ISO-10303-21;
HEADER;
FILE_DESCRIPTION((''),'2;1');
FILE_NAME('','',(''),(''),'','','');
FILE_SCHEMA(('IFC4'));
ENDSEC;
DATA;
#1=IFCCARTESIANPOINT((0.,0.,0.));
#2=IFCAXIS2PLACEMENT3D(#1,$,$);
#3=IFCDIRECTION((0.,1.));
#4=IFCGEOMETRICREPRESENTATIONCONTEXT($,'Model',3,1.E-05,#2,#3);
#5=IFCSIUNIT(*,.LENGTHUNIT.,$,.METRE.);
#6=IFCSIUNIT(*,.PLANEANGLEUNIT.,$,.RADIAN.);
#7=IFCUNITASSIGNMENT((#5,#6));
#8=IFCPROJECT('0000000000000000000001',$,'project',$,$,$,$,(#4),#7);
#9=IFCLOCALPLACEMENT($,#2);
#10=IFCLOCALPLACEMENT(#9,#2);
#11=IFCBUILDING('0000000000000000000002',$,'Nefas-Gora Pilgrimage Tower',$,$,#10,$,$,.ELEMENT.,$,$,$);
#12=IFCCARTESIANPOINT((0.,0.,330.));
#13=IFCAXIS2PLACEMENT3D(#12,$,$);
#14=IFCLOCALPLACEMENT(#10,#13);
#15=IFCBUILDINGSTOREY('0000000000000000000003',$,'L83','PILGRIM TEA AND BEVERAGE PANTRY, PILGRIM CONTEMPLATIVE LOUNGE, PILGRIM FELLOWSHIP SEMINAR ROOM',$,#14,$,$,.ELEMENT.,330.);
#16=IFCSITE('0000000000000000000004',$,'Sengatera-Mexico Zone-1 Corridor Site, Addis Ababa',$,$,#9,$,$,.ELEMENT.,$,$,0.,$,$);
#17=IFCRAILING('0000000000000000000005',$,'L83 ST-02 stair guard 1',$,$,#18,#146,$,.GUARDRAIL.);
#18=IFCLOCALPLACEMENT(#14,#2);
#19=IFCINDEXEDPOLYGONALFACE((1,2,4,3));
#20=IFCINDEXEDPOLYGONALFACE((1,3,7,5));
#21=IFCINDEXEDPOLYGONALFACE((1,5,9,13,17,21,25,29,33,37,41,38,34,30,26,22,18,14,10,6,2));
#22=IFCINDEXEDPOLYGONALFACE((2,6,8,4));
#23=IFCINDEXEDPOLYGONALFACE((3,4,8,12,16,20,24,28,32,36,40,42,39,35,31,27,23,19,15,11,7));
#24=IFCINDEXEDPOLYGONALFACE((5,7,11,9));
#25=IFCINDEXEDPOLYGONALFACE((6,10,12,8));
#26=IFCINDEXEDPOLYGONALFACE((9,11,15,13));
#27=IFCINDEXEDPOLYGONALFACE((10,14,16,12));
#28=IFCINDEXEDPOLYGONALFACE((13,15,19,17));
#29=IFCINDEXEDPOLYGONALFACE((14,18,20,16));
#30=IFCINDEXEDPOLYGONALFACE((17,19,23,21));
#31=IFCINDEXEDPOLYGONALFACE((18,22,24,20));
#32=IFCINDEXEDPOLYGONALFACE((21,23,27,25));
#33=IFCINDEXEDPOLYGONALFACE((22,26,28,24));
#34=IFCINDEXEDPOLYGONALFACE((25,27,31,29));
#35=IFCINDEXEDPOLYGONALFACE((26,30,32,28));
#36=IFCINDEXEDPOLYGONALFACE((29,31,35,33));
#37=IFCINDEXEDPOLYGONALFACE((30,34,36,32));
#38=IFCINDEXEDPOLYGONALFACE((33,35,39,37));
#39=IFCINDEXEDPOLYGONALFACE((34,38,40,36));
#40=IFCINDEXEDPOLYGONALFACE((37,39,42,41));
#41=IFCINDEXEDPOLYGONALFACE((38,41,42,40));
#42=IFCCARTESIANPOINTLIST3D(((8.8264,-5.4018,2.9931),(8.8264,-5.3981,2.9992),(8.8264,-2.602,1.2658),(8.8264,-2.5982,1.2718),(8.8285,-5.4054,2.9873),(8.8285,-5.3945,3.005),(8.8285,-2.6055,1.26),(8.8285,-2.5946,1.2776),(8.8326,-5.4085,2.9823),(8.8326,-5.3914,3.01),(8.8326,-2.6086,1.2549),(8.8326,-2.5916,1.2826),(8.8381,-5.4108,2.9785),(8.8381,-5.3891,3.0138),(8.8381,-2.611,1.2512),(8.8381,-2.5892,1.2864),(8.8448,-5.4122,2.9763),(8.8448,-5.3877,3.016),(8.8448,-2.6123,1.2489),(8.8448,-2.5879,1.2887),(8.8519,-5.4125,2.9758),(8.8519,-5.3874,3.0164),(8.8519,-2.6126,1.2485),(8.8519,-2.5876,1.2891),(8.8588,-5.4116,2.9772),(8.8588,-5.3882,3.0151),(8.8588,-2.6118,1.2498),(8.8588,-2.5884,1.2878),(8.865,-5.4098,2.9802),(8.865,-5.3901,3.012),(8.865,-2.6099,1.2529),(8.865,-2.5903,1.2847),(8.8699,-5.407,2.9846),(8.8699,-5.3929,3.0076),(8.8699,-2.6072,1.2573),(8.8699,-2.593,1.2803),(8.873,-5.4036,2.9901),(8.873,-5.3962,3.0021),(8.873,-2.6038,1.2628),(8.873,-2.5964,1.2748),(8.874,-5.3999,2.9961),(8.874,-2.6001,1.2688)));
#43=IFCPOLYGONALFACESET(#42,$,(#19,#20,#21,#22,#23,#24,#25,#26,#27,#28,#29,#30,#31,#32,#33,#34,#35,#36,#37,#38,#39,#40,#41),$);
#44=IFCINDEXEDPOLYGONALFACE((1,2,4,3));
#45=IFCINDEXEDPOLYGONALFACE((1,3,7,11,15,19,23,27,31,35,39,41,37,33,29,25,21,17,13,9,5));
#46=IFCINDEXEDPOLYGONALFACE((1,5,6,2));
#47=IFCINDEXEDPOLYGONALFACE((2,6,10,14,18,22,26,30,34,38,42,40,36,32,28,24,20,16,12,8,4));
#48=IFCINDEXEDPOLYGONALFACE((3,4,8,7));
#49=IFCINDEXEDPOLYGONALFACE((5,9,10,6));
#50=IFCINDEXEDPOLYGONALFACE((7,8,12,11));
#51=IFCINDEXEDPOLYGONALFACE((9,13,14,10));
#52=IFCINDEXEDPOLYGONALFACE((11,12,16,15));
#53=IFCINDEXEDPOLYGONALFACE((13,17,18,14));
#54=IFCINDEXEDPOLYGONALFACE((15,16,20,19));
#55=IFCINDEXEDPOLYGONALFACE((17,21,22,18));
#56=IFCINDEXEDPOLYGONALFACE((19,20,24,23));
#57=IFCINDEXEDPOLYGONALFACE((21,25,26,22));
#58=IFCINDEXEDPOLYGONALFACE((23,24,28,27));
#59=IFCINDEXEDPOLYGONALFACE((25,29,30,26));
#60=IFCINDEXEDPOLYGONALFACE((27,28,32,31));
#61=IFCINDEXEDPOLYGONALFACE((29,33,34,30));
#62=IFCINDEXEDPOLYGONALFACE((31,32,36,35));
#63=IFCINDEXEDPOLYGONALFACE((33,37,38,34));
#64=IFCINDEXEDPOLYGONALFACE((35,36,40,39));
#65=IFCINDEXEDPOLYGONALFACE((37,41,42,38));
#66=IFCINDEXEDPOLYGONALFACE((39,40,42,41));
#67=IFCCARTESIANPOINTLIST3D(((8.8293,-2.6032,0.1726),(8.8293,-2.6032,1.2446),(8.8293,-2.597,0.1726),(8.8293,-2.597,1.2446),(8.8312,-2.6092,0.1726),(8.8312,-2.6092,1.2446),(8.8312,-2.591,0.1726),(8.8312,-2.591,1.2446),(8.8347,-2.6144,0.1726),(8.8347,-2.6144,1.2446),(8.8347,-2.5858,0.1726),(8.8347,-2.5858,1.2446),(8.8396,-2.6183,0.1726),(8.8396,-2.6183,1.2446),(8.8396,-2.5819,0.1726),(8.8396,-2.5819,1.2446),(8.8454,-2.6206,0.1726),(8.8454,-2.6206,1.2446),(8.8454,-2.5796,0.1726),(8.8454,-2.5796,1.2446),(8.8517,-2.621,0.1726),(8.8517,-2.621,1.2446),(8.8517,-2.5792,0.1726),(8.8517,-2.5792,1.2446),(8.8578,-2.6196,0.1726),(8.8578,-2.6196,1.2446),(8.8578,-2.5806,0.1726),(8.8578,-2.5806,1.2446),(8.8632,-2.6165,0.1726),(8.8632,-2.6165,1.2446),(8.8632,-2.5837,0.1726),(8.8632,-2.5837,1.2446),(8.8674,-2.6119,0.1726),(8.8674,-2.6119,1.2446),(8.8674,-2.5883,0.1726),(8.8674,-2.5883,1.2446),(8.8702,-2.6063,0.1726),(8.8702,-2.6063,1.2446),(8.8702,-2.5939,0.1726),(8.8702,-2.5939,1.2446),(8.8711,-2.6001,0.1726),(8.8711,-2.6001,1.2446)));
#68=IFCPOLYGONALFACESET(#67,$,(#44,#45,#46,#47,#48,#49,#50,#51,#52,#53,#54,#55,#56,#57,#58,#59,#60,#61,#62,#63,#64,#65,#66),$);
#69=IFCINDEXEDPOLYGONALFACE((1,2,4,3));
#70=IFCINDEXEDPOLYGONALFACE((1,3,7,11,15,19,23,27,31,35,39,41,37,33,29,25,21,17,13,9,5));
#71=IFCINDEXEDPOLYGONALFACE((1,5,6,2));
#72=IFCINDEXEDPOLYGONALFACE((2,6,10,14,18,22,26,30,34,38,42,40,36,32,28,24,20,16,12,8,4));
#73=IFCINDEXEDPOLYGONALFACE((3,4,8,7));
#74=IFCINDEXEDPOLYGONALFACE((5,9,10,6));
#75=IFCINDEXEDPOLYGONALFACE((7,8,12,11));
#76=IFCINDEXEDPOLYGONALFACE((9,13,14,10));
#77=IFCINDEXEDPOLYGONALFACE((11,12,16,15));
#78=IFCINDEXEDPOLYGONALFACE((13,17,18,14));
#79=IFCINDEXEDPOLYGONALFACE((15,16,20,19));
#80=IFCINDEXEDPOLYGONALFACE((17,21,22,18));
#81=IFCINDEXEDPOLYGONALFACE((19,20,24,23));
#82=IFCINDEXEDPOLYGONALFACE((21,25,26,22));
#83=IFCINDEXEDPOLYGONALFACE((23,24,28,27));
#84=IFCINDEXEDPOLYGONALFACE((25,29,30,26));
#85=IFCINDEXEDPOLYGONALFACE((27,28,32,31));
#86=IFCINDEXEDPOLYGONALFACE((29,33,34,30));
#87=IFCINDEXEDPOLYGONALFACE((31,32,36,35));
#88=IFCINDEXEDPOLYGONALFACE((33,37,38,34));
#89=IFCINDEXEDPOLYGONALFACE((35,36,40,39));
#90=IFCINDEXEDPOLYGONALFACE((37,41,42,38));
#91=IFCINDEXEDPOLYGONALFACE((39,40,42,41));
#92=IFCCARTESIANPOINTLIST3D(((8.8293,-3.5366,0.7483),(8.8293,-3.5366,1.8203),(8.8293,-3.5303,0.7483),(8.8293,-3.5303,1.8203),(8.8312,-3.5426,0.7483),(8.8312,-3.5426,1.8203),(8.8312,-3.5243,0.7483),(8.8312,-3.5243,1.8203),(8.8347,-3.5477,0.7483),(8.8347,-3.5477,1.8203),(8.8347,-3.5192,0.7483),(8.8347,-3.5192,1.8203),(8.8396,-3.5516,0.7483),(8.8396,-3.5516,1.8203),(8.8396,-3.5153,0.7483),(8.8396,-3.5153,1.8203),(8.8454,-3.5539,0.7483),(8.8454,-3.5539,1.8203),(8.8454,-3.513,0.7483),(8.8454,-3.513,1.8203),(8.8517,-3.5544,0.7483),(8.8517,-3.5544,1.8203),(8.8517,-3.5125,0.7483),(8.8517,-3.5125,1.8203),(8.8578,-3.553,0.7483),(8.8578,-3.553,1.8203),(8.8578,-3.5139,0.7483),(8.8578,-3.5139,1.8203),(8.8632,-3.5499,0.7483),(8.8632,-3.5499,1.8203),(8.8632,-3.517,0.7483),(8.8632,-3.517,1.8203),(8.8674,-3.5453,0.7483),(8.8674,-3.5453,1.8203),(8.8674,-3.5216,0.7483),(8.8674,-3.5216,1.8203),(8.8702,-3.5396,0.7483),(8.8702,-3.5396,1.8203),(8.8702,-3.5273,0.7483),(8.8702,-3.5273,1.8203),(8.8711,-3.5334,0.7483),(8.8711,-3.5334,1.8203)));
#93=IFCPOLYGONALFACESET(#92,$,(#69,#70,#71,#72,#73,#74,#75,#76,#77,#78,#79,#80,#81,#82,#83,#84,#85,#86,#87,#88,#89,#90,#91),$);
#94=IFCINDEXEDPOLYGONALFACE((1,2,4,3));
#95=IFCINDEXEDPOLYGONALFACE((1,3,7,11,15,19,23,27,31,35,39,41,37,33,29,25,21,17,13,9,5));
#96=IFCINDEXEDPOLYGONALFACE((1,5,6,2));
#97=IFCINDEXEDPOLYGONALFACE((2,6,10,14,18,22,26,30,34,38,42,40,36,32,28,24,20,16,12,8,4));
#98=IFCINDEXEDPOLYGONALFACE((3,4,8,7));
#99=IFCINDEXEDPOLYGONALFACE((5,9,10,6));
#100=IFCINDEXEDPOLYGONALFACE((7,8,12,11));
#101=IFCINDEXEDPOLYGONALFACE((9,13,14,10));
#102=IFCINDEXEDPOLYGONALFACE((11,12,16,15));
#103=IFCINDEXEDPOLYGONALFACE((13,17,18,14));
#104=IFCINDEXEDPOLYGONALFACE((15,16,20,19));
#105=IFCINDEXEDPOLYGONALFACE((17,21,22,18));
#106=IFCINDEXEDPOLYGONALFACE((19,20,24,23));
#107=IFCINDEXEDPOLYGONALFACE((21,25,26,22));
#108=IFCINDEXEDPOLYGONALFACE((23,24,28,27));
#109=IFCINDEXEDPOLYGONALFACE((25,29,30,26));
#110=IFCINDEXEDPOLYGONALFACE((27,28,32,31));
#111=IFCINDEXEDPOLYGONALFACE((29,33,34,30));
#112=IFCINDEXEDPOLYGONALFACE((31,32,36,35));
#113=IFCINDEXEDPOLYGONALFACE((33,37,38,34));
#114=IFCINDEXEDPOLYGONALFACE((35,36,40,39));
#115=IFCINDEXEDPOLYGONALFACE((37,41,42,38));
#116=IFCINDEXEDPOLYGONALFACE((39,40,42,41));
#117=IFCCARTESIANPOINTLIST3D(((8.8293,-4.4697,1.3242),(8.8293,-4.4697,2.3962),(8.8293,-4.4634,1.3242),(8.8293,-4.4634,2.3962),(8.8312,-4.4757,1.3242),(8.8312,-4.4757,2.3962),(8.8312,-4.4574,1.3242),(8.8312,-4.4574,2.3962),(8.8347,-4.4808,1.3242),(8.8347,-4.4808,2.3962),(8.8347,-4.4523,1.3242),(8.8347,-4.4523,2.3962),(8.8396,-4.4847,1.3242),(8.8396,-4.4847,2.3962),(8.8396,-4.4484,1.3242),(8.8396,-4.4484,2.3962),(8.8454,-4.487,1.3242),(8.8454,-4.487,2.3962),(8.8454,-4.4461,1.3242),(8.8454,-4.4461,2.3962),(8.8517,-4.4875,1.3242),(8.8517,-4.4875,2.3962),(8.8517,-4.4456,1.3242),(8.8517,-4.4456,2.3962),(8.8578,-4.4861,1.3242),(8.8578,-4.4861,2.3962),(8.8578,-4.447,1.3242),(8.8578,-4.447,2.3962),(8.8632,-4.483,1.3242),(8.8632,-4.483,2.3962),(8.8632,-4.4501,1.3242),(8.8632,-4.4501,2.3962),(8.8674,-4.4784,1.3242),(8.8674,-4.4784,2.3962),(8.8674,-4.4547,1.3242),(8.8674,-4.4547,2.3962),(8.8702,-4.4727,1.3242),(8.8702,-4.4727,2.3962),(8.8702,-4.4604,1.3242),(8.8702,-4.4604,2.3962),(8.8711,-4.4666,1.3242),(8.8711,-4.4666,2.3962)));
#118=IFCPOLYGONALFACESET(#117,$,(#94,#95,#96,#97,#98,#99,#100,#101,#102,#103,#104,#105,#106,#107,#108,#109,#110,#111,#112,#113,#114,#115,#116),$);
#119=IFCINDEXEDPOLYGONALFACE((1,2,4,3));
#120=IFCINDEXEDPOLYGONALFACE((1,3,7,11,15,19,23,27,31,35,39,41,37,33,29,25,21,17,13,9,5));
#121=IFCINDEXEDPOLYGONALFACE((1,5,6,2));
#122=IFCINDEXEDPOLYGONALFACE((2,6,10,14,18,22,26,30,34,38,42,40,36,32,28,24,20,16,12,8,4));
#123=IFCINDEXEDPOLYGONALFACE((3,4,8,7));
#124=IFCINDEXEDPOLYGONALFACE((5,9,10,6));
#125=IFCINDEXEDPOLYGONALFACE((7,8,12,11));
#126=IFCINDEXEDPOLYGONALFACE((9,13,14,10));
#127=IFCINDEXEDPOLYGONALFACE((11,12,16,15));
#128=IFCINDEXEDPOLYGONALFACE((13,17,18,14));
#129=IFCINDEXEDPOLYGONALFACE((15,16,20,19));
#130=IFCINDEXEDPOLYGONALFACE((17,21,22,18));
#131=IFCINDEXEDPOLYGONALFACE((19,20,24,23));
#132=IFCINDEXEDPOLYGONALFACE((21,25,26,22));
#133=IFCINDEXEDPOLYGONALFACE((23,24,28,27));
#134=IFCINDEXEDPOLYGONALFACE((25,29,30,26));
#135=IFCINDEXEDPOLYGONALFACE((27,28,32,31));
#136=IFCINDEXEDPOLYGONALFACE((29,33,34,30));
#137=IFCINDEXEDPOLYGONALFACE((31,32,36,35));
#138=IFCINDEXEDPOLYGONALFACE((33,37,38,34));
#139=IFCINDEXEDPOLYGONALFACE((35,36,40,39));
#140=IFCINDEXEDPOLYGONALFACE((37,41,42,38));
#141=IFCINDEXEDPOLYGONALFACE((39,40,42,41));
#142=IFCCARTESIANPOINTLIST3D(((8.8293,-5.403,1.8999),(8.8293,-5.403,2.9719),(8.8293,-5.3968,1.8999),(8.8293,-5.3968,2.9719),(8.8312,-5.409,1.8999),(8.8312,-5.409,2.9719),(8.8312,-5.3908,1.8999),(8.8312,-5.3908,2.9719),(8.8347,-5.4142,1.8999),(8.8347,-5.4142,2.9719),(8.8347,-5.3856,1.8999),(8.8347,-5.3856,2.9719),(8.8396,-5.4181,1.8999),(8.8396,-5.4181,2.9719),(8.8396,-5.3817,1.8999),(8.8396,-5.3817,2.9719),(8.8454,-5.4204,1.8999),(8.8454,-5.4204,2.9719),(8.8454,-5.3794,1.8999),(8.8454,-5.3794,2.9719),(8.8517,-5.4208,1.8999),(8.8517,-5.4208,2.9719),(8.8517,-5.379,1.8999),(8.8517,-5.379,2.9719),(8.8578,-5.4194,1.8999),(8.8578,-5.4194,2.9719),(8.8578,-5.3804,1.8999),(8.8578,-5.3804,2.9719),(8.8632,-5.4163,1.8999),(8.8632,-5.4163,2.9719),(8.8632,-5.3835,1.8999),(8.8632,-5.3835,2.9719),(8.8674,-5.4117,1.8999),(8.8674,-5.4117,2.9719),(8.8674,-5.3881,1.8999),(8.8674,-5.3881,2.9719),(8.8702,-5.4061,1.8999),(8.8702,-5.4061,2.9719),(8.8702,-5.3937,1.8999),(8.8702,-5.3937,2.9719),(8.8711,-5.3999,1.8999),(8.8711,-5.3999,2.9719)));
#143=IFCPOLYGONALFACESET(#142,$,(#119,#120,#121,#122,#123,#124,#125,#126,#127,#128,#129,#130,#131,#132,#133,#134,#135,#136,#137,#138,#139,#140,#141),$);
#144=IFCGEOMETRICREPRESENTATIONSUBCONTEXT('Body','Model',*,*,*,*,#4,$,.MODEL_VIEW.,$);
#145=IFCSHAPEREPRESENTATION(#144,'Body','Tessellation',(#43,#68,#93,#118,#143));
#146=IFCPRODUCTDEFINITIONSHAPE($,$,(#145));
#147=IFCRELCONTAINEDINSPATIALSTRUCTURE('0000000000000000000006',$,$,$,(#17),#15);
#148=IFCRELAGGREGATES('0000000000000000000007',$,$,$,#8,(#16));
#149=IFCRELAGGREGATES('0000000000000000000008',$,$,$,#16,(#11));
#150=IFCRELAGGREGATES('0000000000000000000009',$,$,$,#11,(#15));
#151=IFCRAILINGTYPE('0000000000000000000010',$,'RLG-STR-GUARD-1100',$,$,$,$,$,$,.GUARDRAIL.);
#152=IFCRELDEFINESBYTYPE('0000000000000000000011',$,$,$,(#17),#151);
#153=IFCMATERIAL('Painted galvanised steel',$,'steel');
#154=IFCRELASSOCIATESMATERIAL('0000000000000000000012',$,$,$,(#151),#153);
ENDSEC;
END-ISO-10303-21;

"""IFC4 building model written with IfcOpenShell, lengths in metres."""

from ifc_helpers import new_model, si_unit, direction, frame, origin, origin_2d, place, context, subcontext, project, spatial, circle, extrude, material, type_object, element, save


model = new_model("IFC4")

# Units and contexts
model_context = context("Model", 3, precision=1e-05, world=origin(), true_north=direction((0.0, 1.0)))
body_context = subcontext(model_context, "Body", "Model", "MODEL_VIEW")
ifc_project = project(units=[si_unit("LENGTHUNIT", "METRE"), si_unit("PLANEANGLEUNIT", "RADIAN")], contexts=[model_context])

# Site, building, storey
site_placement = place(None, origin())
site = spatial("IfcSite", under=ifc_project, at=site_placement, Name="Sengatera-Mexico Zone-1 Corridor Site, Addis Ababa", CompositionType="ELEMENT", RefElevation=0.0)
building_placement = place(site_placement, origin())
building = spatial("IfcBuilding", under=site, at=building_placement, Name="Nefas-Gora Pilgrimage Tower", CompositionType="ELEMENT")
storey_placement = place(building_placement, frame((0.0, 0.0, 330.0)))
storey = spatial("IfcBuildingStorey", under=building, at=storey_placement, Name="L83", Description="PILGRIM TEA AND BEVERAGE PANTRY, PILGRIM CONTEMPLATIVE LOUNGE, PILGRIM FELLOWSHIP SEMINAR ROOM", CompositionType="ELEMENT", Elevation=330.0)

# Railing
ifc_material_1 = material(Name="Painted galvanised steel", Category="steel")
railing_type_1 = type_object("IfcRailingType", Name="RLG-STR-GUARD-1100", PredefinedType="GUARDRAIL", material=ifc_material_1)
railing_1_placement = place(storey_placement, frame((8.8501, -2.6001, 0.1726)))
element("IfcRailing", 1, at=railing_1_placement, inside=storey, type_object=railing_type_1, Name="L83 ST-02 stair guard 1", PredefinedType="GUARDRAIL", context=body_context, shape_type="SweptSolid", body=[
    extrude(circle(Radius=0.0239, at=origin_2d()), frame((0.0, 0.0, 1.0962), z_axis=(0.0, -0.851069, 0.525054), x_axis=(1.0, 0.0, 0.0)), (0.0, 0.0, 1.0), 3.2898),
    extrude(circle(Radius=0.021, at=origin_2d()), origin(), (0.0, 0.0, 1.0), 1.072),
    extrude(circle(Radius=0.021, at=origin_2d()), frame((0.0, -0.9333, 0.5757)), (0.0, 0.0, 1.0), 1.072),
    extrude(circle(Radius=0.021, at=origin_2d()), frame((0.0, -1.8665, 1.1516)), (0.0, 0.0, 1.0), 1.072),
    extrude(circle(Radius=0.021, at=origin_2d()), frame((0.0, -2.7998, 1.7273)), (0.0, 0.0, 1.0), 1.072),
])

save(model, "model.ifc")
